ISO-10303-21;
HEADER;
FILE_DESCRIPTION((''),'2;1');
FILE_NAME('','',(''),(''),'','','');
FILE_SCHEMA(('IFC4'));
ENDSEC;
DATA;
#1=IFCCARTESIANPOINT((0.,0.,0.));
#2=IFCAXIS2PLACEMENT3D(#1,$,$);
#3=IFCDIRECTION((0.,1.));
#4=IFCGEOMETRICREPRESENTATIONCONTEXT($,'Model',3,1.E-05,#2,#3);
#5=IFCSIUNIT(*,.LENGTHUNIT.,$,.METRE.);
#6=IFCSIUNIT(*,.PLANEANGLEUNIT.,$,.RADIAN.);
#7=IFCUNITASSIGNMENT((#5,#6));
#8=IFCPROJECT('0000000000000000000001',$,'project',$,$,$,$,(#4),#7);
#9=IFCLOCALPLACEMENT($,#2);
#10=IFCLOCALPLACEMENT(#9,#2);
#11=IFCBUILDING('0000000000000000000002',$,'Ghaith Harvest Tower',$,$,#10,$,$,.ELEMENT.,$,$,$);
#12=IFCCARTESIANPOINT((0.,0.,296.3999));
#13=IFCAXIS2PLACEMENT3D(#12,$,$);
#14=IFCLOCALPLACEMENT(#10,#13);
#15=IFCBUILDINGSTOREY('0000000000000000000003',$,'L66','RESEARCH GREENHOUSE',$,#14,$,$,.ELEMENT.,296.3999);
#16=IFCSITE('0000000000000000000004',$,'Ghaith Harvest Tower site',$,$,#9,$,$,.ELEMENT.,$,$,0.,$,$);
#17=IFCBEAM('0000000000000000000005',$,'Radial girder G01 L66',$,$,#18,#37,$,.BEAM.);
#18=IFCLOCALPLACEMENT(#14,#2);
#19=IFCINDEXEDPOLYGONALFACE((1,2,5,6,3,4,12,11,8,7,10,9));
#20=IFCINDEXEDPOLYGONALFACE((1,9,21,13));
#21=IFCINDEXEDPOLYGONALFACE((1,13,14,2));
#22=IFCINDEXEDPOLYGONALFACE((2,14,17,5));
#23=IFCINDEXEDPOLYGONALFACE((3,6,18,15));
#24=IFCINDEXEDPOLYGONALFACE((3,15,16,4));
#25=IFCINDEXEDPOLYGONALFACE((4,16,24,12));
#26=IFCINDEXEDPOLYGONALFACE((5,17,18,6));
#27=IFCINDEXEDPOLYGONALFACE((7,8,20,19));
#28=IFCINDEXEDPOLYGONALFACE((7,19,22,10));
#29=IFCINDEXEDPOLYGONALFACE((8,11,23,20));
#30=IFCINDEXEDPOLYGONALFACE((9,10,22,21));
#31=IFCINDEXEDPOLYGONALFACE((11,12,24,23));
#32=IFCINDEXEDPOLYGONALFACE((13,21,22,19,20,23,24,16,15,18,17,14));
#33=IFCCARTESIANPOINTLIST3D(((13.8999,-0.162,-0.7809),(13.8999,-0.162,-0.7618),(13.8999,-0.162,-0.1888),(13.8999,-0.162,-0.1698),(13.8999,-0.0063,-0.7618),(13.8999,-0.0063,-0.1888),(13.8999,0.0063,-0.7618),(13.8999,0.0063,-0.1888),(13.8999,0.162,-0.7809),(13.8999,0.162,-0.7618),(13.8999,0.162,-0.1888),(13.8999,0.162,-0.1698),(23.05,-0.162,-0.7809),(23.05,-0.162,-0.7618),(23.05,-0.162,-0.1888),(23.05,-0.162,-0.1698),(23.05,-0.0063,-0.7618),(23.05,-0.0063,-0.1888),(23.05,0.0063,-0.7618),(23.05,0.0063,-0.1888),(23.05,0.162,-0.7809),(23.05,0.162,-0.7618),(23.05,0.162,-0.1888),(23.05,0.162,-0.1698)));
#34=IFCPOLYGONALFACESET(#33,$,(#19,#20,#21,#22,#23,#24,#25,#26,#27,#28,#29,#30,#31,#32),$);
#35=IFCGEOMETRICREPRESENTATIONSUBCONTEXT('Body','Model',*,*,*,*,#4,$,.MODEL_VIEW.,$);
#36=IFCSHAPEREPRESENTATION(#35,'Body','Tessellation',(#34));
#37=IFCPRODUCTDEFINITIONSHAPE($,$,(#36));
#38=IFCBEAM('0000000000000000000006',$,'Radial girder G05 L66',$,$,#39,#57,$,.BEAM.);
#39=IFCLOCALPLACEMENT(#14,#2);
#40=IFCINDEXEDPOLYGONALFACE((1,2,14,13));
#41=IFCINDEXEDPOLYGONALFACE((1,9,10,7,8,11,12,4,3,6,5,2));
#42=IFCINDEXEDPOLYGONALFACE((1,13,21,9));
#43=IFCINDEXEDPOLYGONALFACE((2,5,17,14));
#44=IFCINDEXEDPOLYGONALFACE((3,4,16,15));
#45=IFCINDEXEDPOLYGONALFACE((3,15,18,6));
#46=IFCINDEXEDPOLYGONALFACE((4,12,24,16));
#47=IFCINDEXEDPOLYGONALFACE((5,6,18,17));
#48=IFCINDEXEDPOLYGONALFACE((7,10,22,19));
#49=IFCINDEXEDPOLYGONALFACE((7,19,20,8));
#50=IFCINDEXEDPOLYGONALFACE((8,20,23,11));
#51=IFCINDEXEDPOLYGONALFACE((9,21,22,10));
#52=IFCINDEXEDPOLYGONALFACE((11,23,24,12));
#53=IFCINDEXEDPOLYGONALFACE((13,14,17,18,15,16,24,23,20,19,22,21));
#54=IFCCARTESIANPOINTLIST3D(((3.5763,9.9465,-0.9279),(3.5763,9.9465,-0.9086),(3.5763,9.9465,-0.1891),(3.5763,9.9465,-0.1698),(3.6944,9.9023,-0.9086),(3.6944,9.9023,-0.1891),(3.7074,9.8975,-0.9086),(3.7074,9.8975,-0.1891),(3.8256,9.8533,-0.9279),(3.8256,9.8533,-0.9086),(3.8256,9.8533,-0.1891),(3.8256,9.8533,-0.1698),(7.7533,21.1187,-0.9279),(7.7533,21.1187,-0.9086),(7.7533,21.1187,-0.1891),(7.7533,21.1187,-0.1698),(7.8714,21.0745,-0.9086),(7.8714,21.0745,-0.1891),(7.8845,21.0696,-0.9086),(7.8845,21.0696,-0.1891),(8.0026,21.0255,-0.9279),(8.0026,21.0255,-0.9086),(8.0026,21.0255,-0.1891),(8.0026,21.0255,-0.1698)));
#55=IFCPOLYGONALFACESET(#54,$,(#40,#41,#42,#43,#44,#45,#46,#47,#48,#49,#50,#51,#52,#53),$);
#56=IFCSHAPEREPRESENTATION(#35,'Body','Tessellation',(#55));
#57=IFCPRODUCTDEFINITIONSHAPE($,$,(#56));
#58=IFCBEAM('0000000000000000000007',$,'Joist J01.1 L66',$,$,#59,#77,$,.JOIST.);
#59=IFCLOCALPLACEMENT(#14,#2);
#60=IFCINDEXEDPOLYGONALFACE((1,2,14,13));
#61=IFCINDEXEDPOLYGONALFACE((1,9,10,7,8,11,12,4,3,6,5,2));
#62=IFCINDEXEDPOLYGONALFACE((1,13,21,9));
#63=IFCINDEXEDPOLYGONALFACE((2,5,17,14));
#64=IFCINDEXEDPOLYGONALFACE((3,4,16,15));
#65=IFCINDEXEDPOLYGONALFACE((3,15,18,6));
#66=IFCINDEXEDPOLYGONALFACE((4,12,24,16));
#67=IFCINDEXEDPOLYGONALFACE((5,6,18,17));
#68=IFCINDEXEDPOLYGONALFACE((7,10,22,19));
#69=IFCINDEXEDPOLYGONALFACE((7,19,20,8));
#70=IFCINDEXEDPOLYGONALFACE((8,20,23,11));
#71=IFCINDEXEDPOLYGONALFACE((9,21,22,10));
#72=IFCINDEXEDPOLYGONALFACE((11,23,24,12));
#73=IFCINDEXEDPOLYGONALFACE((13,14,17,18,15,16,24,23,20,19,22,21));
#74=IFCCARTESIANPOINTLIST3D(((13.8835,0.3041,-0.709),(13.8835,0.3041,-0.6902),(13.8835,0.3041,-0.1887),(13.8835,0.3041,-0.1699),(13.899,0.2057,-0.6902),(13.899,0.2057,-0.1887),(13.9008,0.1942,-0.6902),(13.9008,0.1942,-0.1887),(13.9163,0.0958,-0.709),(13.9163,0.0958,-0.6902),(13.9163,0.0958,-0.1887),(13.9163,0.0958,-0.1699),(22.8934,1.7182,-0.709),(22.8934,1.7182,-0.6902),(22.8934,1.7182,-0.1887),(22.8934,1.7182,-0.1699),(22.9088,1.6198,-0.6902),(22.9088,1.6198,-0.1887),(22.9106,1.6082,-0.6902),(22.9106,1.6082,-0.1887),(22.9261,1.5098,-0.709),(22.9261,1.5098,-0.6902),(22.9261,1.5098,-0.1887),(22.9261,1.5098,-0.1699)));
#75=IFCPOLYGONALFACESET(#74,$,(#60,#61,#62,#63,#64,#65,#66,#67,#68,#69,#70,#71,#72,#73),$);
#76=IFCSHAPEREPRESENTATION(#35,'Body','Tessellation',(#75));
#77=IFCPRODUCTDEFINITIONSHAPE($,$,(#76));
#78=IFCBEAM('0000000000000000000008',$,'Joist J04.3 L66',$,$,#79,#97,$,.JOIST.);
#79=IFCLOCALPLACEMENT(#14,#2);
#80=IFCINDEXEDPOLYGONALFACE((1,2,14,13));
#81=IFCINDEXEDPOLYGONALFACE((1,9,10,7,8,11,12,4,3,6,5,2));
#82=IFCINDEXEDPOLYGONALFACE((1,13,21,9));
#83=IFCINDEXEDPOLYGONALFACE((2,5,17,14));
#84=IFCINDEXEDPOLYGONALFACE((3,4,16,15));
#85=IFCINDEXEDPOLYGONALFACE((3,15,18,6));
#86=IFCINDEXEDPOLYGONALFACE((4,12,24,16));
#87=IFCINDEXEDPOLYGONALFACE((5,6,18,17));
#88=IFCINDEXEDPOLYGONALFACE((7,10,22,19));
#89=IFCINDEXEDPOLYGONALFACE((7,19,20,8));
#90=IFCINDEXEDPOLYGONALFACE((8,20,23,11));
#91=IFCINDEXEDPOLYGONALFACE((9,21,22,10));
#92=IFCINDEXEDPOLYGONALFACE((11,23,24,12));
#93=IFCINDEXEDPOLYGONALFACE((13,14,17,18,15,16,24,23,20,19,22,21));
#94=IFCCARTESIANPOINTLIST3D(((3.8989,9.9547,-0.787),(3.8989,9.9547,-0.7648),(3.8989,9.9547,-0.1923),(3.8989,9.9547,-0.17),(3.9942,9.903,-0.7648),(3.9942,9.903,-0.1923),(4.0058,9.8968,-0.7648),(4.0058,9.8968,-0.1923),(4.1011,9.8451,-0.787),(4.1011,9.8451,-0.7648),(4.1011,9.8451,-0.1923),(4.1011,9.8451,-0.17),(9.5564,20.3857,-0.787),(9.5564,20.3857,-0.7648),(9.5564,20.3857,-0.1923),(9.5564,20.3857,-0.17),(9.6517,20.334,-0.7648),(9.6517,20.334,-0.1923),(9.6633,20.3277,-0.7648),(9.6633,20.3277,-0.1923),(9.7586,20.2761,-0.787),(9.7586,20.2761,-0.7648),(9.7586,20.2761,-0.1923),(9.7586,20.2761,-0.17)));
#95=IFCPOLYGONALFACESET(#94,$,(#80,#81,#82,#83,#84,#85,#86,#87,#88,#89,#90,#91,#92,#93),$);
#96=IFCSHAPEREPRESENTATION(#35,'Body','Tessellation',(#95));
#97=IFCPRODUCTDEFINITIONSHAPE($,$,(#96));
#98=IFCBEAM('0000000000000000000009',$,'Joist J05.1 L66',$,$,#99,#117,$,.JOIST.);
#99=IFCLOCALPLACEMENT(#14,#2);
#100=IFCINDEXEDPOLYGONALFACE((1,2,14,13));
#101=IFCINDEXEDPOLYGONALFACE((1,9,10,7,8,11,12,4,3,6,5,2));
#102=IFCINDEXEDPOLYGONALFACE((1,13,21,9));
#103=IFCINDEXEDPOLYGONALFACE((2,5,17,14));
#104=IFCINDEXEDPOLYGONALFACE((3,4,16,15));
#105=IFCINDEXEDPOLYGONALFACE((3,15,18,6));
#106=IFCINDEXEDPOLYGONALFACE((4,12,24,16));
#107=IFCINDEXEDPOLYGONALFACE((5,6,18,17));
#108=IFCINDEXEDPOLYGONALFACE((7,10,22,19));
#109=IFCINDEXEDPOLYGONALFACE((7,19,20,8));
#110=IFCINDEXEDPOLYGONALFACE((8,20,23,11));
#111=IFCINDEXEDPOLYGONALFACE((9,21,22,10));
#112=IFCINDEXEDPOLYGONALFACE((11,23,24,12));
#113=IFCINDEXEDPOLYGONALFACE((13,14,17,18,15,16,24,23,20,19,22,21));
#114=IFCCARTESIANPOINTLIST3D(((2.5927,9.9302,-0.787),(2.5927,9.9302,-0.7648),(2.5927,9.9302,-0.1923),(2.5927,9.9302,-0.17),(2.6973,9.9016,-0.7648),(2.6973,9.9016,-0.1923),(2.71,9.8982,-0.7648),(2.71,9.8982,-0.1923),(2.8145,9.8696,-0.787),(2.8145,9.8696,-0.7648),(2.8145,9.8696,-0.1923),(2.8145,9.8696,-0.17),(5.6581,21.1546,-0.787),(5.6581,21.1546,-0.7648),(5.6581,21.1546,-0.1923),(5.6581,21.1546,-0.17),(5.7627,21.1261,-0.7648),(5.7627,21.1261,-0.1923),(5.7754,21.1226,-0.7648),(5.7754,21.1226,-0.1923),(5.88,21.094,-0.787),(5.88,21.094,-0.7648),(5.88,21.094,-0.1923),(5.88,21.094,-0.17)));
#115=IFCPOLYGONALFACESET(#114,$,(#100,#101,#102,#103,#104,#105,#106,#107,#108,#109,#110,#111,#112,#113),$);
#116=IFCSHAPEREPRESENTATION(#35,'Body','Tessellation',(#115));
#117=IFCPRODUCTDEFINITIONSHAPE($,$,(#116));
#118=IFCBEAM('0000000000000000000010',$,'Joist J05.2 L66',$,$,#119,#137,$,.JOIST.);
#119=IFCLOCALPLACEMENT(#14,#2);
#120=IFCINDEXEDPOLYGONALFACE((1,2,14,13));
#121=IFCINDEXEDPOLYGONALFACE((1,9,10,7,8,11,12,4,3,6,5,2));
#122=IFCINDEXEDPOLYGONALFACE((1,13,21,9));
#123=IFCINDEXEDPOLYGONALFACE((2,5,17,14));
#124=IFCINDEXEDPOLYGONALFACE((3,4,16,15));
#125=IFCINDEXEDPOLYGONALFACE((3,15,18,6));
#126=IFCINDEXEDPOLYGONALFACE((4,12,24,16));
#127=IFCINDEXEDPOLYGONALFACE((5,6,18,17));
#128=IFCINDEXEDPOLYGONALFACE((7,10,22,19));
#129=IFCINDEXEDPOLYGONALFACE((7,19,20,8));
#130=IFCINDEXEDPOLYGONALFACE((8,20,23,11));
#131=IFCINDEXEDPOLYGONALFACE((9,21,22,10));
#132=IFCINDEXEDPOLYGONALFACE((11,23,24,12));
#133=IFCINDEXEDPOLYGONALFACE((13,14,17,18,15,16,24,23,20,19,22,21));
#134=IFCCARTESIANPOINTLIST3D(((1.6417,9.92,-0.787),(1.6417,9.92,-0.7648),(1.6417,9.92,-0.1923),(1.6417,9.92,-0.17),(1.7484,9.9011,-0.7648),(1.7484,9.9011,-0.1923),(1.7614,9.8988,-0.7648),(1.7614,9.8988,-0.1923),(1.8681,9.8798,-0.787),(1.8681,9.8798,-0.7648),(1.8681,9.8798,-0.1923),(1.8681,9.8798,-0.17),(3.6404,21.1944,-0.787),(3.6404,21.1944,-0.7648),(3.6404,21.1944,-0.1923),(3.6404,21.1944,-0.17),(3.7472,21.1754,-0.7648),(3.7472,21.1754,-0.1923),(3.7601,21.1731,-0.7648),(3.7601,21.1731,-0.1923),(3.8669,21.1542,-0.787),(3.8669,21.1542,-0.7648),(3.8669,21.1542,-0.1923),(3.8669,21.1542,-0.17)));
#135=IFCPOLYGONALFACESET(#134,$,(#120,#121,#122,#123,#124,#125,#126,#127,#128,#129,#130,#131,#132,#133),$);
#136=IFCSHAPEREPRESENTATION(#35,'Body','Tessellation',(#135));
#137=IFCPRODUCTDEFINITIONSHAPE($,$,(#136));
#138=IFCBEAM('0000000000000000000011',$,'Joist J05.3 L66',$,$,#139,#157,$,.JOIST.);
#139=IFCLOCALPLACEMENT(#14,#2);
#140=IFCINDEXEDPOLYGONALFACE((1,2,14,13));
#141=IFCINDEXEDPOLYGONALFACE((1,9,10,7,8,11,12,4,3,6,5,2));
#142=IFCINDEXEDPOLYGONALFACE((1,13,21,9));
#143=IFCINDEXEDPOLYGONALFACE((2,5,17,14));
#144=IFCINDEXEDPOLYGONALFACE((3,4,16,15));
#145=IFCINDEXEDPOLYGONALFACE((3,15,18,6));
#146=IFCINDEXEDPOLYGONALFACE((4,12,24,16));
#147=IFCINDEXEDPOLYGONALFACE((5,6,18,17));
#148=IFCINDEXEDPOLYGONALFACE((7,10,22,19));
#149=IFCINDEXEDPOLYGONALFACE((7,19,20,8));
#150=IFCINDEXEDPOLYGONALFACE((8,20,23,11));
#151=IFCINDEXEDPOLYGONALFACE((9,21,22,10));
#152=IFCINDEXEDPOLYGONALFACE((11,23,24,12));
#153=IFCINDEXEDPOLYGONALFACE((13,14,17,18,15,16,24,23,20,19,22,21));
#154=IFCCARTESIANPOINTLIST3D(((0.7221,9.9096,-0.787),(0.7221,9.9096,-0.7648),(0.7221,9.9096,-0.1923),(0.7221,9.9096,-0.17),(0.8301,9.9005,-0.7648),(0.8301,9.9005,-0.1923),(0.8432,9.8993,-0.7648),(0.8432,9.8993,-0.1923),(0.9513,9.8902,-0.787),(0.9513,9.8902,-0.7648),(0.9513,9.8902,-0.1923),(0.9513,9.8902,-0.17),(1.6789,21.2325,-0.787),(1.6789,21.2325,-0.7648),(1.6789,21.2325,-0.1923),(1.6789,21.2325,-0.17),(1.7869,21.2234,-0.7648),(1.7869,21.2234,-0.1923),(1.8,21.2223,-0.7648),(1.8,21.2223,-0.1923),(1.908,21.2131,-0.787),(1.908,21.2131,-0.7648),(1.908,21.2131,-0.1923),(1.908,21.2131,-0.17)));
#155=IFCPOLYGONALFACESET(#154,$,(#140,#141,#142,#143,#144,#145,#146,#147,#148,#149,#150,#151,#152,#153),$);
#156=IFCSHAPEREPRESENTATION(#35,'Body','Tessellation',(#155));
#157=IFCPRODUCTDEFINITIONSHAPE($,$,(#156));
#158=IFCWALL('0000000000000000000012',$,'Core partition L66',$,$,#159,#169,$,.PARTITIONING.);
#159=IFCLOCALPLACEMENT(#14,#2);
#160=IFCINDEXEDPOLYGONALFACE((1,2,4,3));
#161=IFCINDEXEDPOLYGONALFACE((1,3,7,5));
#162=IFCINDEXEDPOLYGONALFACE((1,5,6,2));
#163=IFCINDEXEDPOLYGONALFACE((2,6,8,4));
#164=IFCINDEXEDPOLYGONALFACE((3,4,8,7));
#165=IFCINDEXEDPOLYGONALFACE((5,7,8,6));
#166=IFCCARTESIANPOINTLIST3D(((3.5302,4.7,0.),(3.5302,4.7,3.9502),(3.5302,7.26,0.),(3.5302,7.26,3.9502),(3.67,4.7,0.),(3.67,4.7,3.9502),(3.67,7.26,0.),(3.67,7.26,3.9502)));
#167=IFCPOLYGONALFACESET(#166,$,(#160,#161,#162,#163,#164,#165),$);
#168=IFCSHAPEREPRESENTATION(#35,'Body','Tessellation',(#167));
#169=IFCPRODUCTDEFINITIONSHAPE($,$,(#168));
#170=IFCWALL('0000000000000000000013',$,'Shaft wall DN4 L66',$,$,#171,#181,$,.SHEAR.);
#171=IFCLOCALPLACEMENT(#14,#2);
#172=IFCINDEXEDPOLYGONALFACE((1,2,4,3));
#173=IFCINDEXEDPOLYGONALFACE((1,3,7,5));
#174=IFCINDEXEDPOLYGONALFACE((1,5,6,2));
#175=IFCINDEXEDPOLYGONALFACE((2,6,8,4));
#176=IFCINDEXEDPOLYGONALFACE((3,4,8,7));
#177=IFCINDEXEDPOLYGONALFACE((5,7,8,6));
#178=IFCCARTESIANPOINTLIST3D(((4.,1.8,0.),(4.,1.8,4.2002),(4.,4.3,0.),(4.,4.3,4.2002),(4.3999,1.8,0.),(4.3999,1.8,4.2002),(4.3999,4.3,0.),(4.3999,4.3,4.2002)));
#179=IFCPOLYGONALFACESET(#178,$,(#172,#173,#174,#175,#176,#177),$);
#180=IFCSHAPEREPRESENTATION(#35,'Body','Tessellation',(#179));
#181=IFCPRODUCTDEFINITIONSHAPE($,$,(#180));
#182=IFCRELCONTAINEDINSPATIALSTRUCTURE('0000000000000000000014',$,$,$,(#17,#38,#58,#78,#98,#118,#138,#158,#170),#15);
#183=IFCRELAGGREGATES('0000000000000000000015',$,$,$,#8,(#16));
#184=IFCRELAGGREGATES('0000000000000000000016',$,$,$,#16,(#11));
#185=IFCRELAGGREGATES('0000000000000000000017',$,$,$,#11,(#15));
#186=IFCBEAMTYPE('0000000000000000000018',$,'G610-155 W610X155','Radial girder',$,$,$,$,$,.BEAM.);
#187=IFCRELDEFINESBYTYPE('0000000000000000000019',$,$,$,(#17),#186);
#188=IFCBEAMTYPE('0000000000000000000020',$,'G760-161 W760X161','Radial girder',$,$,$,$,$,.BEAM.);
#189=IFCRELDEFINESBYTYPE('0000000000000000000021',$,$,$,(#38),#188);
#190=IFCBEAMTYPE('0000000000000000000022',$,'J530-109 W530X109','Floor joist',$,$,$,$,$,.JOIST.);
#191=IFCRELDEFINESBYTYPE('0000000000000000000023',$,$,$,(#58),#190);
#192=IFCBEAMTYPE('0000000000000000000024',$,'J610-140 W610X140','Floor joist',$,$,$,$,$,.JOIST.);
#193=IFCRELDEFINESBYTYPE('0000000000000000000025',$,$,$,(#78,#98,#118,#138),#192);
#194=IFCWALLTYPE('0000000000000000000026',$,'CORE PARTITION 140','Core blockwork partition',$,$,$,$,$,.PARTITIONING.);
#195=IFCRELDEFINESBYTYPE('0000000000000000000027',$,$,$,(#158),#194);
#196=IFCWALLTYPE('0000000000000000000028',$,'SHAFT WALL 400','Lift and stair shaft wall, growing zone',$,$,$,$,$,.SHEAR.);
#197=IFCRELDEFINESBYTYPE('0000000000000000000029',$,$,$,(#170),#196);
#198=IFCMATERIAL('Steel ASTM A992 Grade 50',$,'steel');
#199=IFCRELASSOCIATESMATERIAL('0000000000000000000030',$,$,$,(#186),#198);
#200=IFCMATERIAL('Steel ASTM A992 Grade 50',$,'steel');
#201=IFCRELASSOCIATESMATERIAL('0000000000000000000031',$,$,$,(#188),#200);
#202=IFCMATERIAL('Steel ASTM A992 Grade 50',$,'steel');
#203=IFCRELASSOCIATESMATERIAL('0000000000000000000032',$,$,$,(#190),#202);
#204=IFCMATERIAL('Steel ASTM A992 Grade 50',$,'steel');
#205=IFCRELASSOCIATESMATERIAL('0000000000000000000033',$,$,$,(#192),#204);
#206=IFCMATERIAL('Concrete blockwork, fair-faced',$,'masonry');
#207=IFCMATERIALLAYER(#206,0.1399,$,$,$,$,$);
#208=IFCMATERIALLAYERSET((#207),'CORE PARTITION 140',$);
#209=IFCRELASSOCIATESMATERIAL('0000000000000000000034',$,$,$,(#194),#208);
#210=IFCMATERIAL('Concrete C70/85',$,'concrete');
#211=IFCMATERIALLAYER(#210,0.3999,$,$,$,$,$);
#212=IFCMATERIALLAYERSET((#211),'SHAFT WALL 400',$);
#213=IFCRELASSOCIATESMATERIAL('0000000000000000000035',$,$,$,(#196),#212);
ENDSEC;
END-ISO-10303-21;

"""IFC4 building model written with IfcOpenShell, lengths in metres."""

from ifc_helpers import new_model, si_unit, direction, frame, frame_2d, origin, origin_2d, place, context, subcontext, project, spatial, rectangle, i_section, extrude, material, layer, layer_set, material_profile, profile_set, type_object, element, save


model = new_model("IFC4")

# Units and contexts
model_context = context("Model", 3, precision=1e-05, world=origin(), true_north=direction((0.0, 1.0)))
body_context = subcontext(model_context, "Body", "Model", "MODEL_VIEW")
ifc_project = project(units=[si_unit("LENGTHUNIT", "METRE"), si_unit("PLANEANGLEUNIT", "RADIAN")], contexts=[model_context])

# Site, building, storey
site_placement = place(None, origin())
site = spatial("IfcSite", under=ifc_project, at=site_placement, Name="Ghaith Harvest Tower site", CompositionType="ELEMENT", RefElevation=0.0)
building_placement = place(site_placement, origin())
building = spatial("IfcBuilding", under=site, at=building_placement, Name="Ghaith Harvest Tower", CompositionType="ELEMENT")
storey_placement = place(building_placement, frame((0.0, 0.0, 296.3999)))
storey = spatial("IfcBuildingStorey", under=building, at=storey_placement, Name="L66", Description="RESEARCH GREENHOUSE", CompositionType="ELEMENT", Elevation=296.3999)

# Beams
ifc_material_1 = material(Name="Steel ASTM A992 Grade 50", Category="steel")
ifc_material_profile_1 = material_profile(ifc_material_1, i_section(OverallWidth=0.324, OverallDepth=0.6111, WebThickness=0.0127, FlangeThickness=0.019, at=origin_2d()), Name="W610X155")
ifc_profile_set_1 = profile_set([ifc_material_profile_1], Name="Steel ASTM A992 Grade 50")
beam_type_1 = type_object("IfcBeamType", Name="G610-155 W610X155", Description="Radial girder", PredefinedType="BEAM", material=ifc_profile_set_1)
beam_1_placement = place(storey_placement, frame((13.8999, 0.0, -0.4753), z_axis=(1.0, 0.0, 0.0), x_axis=(0.0, 1.0, 0.0)))
element("IfcBeam", 1, at=beam_1_placement, inside=storey, type_object=beam_type_1, Name="Radial girder G01 L66", PredefinedType="BEAM", context=body_context, shape_type="SweptSolid", body=[
    extrude(i_section(OverallWidth=0.324, OverallDepth=0.6111, WebThickness=0.0127, FlangeThickness=0.019, at=origin_2d()), origin(), (0.0, 0.0, 1.0), 9.1501),
])
ifc_material_2 = material(Name="Steel ASTM A992 Grade 50", Category="steel")
ifc_material_profile_2 = material_profile(ifc_material_2, i_section(OverallWidth=0.2661, OverallDepth=0.7581, WebThickness=0.0139, FlangeThickness=0.0193, at=origin_2d()), Name="W760X161")
ifc_profile_set_2 = profile_set([ifc_material_profile_2], Name="Steel ASTM A992 Grade 50")
beam_type_2 = type_object("IfcBeamType", Name="G760-161 W760X161", Description="Radial girder", PredefinedType="BEAM", material=ifc_profile_set_2)
beam_2_placement = place(storey_placement, frame((3.7009, 9.8999, -0.5488), z_axis=(0.350201, 0.936674, 0.0), x_axis=(-0.936674, 0.350201, 0.0)))
element("IfcBeam", 2, at=beam_2_placement, inside=storey, type_object=beam_type_2, Name="Radial girder G05 L66", PredefinedType="BEAM", context=body_context, shape_type="SweptSolid", body=[
    extrude(i_section(OverallWidth=0.2661, OverallDepth=0.7581, WebThickness=0.0139, FlangeThickness=0.0193, at=origin_2d()), origin(), (0.0, 0.0, 1.0), 11.9275),
])
ifc_material_3 = material(Name="Steel ASTM A992 Grade 50", Category="steel")
ifc_material_profile_3 = material_profile(ifc_material_3, i_section(OverallWidth=0.2109, OverallDepth=0.5391, WebThickness=0.0117, FlangeThickness=0.0188, at=origin_2d()), Name="W530X109")
ifc_profile_set_3 = profile_set([ifc_material_profile_3], Name="Steel ASTM A992 Grade 50")
beam_type_3 = type_object("IfcBeamType", Name="J530-109 W530X109", Description="Floor joist", PredefinedType="JOIST", material=ifc_profile_set_3)
beam_3_placement = place(storey_placement, frame((13.8999, 0.2, -0.4395), z_axis=(0.987907, 0.15505, 0.0), x_axis=(-0.15505, 0.987907, 0.0)))
element("IfcBeam", 3, at=beam_3_placement, inside=storey, type_object=beam_type_3, Name="Joist J01.1 L66", PredefinedType="JOIST", context=body_context, shape_type="SweptSolid", body=[
    extrude(i_section(OverallWidth=0.2109, OverallDepth=0.5391, WebThickness=0.0117, FlangeThickness=0.0188, at=origin_2d()), origin(), (0.0, 0.0, 1.0), 9.1201),
])
ifc_material_4 = material(Name="Steel ASTM A992 Grade 50", Category="steel")
ifc_material_profile_4 = material_profile(ifc_material_4, i_section(OverallWidth=0.23, OverallDepth=0.6169, WebThickness=0.0132, FlangeThickness=0.0222, at=origin_2d()), Name="W610X140")
ifc_profile_set_4 = profile_set([ifc_material_profile_4], Name="Steel ASTM A992 Grade 50")
beam_type_4 = type_object("IfcBeamType", Name="J610-140 W610X140", Description="Floor joist", PredefinedType="JOIST", material=ifc_profile_set_4)
beam_4_placement = place(storey_placement, frame((4.0, 9.8999, -0.4785), z_axis=(0.476765, 0.879031, 0.0), x_axis=(-0.879031, 0.476765, 0.0)))
element("IfcBeam", 4, at=beam_4_placement, inside=storey, type_object=beam_type_4, Name="Joist J04.3 L66", PredefinedType="JOIST", context=body_context, shape_type="SweptSolid", body=[
    extrude(i_section(OverallWidth=0.23, OverallDepth=0.6169, WebThickness=0.0132, FlangeThickness=0.0222, at=origin_2d()), origin(), (0.0, 0.0, 1.0), 11.8665),
])
beam_5_placement = place(storey_placement, frame((2.7036, 9.8999, -0.4785), z_axis=(0.263456, 0.964671, 0.0), x_axis=(-0.964671, 0.263456, 0.0)))
element("IfcBeam", 5, at=beam_5_placement, inside=storey, type_object=beam_type_4, Name="Joist J05.1 L66", PredefinedType="JOIST", context=body_context, shape_type="SweptSolid", body=[
    extrude(i_section(OverallWidth=0.23, OverallDepth=0.6169, WebThickness=0.0132, FlangeThickness=0.0222, at=origin_2d()), origin(), (0.0, 0.0, 1.0), 11.6355),
])
beam_6_placement = place(storey_placement, frame((1.7549, 9.8999, -0.4785), z_axis=(0.174563, 0.984646, 0.0), x_axis=(-0.984646, 0.174563, 0.0)))
element("IfcBeam", 6, at=beam_6_placement, inside=storey, type_object=beam_type_4, Name="Joist J05.2 L66", PredefinedType="JOIST", context=body_context, shape_type="SweptSolid", body=[
    extrude(i_section(OverallWidth=0.23, OverallDepth=0.6169, WebThickness=0.0132, FlangeThickness=0.0222, at=origin_2d()), origin(), (0.0, 0.0, 1.0), 11.4502),
])
beam_7_placement = place(storey_placement, frame((0.8367, 9.8999, -0.4785), z_axis=(0.084199, 0.996449, 0.0), x_axis=(-0.996449, 0.084199, 0.0)))
element("IfcBeam", 7, at=beam_7_placement, inside=storey, type_object=beam_type_4, Name="Joist J05.3 L66", PredefinedType="JOIST", context=body_context, shape_type="SweptSolid", body=[
    extrude(i_section(OverallWidth=0.23, OverallDepth=0.6169, WebThickness=0.0132, FlangeThickness=0.0222, at=origin_2d()), origin(), (0.0, 0.0, 1.0), 11.3633),
])

# Wall
ifc_material_5 = material(Name="Concrete blockwork, fair-faced", Category="masonry")
ifc_layer_1 = layer(ifc_material_5, 0.1399)
ifc_layer_set_1 = layer_set([ifc_layer_1], Name="CORE PARTITION 140")
wall_type_1 = type_object("IfcWallType", Name="CORE PARTITION 140", Description="Core blockwork partition", PredefinedType="PARTITIONING", material=ifc_layer_set_1)
wall_1_placement = place(storey_placement, frame((3.6001, 4.7, 0.0), z_axis=(0.0, 0.0, 1.0), x_axis=(0.0, 1.0, 0.0)))
element("IfcWall", 8, at=wall_1_placement, inside=storey, type_object=wall_type_1, Name="Core partition L66", PredefinedType="PARTITIONING", context=body_context, shape_type="SweptSolid", body=[
    extrude(rectangle(XDim=2.5601, YDim=0.1399, at=frame_2d((1.28, 0.0))), origin(), (0.0, 0.0, 1.0), 3.9502),
])

# Shared definitions
ifc_material_6 = material(Name="Concrete C70/85", Category="concrete")
ifc_layer_2 = layer(ifc_material_6, 0.3999)
ifc_layer_set_2 = layer_set([ifc_layer_2], Name="SHAFT WALL 400")
wall_type_2 = type_object("IfcWallType", Name="SHAFT WALL 400", Description="Lift and stair shaft wall, growing zone", PredefinedType="SHEAR", material=ifc_layer_set_2)

# Wall
wall_2_placement = place(storey_placement, frame((4.2, 1.8, 0.0), z_axis=(0.0, 0.0, 1.0), x_axis=(0.0, 1.0, 0.0)))
element("IfcWall", 9, at=wall_2_placement, inside=storey, type_object=wall_type_2, Name="Shaft wall DN4 L66", PredefinedType="SHEAR", context=body_context, shape_type="SweptSolid", body=[
    extrude(rectangle(XDim=2.5, YDim=0.3999, at=frame_2d((1.25, 0.0))), origin(), (0.0, 0.0, 1.0), 4.2002),
])

save(model, "model.ifc")
